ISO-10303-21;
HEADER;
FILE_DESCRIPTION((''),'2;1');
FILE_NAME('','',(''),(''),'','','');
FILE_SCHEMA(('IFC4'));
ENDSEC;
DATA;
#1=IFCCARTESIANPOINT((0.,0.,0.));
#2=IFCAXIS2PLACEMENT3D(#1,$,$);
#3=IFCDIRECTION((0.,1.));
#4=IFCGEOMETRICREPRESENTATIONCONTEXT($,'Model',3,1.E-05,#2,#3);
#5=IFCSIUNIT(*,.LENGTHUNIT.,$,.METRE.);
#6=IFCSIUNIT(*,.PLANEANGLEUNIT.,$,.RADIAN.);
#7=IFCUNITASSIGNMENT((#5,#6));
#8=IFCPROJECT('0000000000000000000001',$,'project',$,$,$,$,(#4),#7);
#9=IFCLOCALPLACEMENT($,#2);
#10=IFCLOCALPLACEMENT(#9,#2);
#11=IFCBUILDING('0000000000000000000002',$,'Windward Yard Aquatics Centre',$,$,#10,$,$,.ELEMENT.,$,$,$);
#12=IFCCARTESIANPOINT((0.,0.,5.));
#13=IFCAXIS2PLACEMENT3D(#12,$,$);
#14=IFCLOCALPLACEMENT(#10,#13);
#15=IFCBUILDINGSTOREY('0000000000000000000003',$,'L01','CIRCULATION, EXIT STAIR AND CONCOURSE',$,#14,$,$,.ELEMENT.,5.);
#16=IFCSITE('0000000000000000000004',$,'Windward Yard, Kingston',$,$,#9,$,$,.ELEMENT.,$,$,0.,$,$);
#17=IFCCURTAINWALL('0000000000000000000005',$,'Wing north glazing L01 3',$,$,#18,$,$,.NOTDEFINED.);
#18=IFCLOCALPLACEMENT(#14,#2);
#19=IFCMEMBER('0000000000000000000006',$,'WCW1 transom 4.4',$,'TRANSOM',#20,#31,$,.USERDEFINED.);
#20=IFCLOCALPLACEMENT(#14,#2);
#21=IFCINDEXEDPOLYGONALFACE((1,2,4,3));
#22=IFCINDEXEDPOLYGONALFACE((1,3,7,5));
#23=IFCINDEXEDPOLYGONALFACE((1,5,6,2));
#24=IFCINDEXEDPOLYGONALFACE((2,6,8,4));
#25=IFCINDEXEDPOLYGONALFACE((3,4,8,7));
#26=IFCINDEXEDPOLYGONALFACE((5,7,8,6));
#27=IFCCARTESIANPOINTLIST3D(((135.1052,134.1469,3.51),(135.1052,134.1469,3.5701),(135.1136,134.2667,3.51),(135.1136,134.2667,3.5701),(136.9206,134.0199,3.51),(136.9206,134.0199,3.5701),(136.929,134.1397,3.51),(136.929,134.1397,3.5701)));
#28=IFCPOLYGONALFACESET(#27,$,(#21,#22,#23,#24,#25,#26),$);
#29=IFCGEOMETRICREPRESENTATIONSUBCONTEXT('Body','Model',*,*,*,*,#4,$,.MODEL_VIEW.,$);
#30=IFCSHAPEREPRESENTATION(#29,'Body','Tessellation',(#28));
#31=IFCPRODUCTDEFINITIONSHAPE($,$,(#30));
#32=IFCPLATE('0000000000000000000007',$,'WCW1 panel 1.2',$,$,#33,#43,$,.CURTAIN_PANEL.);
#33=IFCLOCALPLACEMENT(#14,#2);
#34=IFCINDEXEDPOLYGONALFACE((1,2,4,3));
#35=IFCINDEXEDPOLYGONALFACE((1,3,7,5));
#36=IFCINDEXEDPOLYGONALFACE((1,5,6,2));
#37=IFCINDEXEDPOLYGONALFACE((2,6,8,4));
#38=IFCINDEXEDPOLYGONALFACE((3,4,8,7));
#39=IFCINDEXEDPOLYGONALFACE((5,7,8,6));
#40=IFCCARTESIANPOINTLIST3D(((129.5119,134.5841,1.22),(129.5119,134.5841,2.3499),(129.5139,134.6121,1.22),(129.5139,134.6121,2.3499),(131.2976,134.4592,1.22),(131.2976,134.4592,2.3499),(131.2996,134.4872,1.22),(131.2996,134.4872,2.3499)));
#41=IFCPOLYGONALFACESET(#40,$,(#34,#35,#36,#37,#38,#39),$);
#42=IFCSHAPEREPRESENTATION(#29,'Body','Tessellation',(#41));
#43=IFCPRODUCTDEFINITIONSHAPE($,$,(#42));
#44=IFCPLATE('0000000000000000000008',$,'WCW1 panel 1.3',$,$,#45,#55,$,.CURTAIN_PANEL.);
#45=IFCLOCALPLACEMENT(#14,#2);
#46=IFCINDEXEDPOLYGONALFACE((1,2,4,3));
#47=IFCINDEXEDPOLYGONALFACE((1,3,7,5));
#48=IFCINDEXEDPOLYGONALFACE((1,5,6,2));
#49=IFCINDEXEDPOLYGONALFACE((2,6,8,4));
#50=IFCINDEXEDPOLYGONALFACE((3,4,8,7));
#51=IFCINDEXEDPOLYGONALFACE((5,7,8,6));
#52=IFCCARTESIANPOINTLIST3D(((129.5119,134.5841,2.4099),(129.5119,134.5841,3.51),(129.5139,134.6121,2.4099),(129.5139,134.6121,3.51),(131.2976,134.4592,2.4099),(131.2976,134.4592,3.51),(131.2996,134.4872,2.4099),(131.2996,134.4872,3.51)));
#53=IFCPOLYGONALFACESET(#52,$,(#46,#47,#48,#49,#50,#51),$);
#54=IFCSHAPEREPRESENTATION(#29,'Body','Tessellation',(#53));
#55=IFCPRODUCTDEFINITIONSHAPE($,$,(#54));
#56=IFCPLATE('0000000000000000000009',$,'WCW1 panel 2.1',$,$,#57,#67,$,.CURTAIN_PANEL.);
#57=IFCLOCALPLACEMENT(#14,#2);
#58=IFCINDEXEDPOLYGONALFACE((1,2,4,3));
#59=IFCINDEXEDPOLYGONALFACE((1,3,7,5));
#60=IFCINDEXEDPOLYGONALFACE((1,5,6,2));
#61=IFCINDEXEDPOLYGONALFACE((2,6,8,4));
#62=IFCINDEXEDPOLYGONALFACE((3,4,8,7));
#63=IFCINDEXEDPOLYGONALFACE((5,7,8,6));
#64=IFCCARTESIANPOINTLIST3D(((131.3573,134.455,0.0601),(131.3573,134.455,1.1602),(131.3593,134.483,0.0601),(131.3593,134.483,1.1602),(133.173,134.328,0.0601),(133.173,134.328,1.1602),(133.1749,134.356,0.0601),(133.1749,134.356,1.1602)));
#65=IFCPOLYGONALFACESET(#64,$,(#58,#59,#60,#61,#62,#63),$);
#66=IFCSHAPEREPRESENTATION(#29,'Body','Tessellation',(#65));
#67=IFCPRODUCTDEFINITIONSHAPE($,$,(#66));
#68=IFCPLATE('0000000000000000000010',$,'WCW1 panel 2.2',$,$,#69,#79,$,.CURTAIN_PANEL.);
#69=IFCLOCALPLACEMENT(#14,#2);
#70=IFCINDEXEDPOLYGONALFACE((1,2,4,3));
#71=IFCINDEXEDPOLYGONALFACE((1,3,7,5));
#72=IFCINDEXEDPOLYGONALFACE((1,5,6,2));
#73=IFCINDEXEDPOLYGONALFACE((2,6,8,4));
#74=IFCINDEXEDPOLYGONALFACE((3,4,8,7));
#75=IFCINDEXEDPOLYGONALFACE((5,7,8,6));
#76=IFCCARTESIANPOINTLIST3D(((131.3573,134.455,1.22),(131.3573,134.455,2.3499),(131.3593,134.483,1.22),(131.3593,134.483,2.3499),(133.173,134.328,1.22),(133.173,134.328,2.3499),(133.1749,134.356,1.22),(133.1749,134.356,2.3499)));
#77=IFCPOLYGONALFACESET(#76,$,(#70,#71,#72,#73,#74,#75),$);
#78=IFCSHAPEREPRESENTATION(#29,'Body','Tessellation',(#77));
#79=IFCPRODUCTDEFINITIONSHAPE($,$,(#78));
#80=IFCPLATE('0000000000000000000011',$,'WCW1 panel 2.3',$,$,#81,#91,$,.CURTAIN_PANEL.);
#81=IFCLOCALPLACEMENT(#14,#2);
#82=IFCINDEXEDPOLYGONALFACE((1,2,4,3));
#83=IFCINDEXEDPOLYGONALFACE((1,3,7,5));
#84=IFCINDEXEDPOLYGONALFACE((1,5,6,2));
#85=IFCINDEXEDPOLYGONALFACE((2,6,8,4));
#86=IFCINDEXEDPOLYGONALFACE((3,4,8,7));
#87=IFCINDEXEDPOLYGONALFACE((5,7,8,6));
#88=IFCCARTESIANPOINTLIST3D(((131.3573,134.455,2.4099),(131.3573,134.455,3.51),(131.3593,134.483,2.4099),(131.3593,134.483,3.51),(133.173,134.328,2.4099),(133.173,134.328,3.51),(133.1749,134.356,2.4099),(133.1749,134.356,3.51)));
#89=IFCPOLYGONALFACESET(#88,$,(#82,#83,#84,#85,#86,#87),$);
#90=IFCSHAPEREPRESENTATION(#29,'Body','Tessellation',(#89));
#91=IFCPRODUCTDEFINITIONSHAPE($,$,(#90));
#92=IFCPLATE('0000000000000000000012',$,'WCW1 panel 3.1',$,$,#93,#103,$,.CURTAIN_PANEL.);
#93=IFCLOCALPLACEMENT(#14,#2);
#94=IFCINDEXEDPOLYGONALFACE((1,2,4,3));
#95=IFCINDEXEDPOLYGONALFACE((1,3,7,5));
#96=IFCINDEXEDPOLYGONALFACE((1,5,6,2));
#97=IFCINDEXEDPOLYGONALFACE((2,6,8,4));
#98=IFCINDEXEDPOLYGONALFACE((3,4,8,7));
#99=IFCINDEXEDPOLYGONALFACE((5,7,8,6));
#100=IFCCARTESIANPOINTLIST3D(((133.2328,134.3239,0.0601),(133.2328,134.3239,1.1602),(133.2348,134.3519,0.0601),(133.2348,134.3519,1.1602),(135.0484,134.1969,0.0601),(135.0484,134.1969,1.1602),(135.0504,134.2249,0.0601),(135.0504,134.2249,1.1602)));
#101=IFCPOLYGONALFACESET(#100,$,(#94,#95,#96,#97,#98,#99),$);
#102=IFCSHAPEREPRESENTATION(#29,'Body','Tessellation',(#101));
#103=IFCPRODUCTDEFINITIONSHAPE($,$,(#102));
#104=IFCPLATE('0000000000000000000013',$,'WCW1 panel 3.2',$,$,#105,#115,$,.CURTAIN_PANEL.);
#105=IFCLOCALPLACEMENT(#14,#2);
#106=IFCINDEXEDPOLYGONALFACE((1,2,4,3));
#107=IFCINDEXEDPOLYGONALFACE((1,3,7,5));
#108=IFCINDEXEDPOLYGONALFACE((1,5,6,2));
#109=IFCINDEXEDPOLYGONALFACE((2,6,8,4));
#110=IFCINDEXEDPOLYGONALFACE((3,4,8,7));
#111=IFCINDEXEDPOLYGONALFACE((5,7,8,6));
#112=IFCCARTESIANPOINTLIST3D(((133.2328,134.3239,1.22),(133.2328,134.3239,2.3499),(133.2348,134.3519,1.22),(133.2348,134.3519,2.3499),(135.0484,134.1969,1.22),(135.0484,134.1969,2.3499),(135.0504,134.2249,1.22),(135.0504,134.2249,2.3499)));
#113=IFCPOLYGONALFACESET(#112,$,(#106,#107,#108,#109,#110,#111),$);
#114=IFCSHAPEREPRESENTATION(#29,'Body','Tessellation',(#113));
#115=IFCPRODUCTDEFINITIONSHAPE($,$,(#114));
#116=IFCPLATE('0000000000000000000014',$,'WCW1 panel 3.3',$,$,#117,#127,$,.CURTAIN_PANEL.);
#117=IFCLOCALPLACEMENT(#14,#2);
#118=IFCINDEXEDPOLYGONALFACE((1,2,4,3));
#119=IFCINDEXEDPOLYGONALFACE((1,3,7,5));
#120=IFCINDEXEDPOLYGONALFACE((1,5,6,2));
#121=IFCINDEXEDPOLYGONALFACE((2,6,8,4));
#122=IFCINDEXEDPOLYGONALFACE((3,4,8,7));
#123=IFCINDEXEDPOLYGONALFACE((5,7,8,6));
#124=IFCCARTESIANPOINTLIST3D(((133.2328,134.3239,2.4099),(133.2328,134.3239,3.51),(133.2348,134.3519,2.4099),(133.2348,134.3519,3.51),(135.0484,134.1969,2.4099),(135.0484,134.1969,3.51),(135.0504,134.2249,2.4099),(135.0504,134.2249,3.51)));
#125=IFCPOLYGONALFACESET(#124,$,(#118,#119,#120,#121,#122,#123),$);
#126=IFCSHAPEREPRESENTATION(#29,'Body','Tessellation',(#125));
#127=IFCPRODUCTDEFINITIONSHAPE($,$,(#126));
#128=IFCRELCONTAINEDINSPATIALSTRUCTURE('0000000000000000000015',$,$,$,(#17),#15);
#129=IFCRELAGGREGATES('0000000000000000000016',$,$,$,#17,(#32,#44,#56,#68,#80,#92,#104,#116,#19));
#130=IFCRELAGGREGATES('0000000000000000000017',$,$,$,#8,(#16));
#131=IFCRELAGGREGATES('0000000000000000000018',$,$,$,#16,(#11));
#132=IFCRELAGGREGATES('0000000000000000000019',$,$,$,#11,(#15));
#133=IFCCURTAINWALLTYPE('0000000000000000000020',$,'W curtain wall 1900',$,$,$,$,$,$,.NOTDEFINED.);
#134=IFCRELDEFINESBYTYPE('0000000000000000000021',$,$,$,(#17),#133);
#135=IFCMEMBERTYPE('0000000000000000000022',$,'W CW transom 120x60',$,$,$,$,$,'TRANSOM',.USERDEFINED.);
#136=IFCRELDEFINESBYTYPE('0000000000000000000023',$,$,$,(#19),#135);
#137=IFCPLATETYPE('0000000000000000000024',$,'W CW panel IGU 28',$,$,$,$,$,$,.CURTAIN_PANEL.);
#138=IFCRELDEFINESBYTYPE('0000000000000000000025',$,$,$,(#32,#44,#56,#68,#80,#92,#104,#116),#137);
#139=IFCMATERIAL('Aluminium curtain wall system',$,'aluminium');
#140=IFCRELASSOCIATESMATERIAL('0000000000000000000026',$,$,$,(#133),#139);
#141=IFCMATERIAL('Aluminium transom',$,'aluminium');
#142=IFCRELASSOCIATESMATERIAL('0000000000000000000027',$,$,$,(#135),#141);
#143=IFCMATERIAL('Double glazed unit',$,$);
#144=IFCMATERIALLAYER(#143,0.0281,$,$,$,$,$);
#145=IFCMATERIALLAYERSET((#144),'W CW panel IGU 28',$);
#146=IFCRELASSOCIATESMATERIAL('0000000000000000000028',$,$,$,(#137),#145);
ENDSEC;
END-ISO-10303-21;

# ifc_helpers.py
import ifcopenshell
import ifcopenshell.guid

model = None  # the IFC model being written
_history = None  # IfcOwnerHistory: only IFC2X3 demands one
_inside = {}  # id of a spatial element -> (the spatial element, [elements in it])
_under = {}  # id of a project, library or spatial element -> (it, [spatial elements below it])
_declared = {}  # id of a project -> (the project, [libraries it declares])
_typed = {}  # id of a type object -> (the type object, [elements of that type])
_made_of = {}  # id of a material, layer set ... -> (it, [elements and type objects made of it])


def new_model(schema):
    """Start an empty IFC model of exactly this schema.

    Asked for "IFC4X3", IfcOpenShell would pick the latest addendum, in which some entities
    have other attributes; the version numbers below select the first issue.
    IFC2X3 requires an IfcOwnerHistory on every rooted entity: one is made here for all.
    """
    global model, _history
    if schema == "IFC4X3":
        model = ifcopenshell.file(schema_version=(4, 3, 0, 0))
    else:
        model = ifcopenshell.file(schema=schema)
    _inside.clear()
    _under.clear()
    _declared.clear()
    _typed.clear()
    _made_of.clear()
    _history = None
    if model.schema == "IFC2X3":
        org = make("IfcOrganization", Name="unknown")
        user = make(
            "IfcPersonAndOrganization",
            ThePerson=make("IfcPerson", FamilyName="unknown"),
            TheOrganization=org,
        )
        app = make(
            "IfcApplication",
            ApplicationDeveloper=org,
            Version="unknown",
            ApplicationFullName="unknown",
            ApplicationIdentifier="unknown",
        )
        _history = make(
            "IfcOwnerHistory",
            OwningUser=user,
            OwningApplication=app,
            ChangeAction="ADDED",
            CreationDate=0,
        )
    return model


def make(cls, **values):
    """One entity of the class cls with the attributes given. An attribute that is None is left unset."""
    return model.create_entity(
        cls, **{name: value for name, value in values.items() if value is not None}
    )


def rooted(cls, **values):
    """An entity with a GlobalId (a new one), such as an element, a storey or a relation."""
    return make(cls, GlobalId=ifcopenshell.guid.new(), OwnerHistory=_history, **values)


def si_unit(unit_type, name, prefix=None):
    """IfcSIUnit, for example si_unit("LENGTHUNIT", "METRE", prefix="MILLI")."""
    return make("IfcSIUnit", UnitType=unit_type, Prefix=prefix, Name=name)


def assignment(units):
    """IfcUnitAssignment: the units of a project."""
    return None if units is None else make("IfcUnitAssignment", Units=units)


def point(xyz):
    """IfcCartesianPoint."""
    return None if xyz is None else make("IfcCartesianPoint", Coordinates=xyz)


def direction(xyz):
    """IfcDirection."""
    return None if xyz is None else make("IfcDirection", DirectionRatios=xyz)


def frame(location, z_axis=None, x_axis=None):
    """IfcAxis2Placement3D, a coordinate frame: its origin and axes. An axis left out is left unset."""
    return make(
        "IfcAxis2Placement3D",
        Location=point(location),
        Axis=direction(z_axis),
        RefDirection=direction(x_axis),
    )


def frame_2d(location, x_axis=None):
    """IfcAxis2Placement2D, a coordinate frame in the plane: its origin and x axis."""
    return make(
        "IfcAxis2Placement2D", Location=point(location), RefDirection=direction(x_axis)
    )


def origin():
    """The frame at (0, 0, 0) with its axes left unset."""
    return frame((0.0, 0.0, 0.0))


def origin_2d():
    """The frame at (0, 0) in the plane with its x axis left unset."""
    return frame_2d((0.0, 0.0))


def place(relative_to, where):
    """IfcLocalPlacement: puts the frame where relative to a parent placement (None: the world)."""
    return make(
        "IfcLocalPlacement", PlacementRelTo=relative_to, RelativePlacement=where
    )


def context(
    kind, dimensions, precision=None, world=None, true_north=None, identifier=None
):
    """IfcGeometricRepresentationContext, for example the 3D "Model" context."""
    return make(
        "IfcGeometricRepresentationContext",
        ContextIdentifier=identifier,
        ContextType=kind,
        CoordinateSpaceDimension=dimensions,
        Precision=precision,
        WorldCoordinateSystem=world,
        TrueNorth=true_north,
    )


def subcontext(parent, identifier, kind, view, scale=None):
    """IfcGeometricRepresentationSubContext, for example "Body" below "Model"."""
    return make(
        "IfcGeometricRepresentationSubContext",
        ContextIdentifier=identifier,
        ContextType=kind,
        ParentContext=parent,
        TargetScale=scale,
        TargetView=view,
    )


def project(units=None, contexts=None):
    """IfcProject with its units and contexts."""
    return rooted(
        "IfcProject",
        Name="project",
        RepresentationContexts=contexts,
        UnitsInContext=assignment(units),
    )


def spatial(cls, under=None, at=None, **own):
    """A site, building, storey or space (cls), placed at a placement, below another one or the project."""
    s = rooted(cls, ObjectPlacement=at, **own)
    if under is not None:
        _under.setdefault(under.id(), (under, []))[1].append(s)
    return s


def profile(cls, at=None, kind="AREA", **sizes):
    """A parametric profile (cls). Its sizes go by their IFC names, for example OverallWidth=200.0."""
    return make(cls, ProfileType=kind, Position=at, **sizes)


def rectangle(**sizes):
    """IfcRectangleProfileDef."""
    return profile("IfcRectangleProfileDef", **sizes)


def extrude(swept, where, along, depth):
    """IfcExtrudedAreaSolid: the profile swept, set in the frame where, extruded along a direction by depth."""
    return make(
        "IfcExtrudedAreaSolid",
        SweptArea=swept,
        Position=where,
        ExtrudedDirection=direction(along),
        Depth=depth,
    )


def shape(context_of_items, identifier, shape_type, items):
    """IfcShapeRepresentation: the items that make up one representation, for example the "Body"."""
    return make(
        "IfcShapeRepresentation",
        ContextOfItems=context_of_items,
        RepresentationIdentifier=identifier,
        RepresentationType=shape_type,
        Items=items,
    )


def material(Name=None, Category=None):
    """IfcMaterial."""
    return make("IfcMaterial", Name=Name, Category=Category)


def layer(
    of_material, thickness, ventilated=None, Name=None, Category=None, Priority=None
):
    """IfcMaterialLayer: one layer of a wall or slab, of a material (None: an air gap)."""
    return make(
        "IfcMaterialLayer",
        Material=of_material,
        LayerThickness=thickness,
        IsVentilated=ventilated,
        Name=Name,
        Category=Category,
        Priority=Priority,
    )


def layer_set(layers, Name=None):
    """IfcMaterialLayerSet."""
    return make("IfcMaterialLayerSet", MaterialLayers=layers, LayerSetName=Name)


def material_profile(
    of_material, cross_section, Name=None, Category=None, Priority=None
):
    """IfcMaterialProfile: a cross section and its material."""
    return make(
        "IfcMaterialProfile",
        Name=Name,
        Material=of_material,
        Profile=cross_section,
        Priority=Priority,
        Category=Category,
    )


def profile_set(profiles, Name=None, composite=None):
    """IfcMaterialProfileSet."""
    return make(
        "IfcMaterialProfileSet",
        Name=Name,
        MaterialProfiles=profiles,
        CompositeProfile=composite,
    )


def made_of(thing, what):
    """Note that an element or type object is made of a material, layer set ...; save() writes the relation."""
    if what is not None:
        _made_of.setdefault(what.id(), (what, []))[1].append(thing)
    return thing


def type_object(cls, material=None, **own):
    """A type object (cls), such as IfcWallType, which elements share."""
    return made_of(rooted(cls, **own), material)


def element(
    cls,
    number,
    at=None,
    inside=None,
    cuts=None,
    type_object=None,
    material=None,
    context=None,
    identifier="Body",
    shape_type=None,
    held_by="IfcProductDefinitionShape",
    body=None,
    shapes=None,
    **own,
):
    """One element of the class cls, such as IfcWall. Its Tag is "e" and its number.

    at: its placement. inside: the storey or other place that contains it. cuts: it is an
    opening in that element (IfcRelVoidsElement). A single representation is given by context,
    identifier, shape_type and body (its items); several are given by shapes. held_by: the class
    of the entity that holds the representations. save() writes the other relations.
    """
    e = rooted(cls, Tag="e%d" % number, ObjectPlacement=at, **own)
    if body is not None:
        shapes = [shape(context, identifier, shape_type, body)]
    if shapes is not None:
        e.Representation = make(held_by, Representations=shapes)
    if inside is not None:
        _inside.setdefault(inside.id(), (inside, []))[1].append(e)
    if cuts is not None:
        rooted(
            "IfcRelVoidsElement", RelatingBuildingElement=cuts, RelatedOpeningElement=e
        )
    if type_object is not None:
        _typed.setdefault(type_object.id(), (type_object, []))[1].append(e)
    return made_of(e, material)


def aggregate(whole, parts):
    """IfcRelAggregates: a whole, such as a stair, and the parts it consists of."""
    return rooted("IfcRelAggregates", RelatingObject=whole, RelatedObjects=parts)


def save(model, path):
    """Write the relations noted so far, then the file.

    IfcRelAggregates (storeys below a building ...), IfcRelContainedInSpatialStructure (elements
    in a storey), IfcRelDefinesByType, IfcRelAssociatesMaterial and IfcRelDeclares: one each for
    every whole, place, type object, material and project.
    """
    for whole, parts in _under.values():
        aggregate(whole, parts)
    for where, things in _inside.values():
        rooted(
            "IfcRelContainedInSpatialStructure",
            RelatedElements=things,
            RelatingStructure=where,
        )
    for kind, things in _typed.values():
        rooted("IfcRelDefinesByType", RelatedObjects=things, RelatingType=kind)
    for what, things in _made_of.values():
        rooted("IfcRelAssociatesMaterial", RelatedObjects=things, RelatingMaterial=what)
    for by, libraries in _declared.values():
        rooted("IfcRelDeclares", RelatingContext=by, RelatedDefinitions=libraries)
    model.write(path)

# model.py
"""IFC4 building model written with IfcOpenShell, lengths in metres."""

from ifc_helpers import new_model, si_unit, direction, frame, origin, origin_2d, place, context, subcontext, project, spatial, rectangle, extrude, material, layer, layer_set, material_profile, profile_set, type_object, element, aggregate, save


model = new_model("IFC4")

# Units and contexts
model_context = context("Model", 3, precision=1e-05, world=origin(), true_north=direction((0.0, 1.0)))
body_context = subcontext(model_context, "Body", "Model", "MODEL_VIEW")
ifc_project = project(units=[si_unit("LENGTHUNIT", "METRE"), si_unit("PLANEANGLEUNIT", "RADIAN")], contexts=[model_context])

# Site, building, storey
site_placement = place(None, origin())
site = spatial("IfcSite", under=ifc_project, at=site_placement, Name="Windward Yard, Kingston", CompositionType="ELEMENT", RefElevation=0.0)
building_placement = place(site_placement, origin())
building = spatial("IfcBuilding", under=site, at=building_placement, Name="Windward Yard Aquatics Centre", CompositionType="ELEMENT")
storey_placement = place(building_placement, frame((0.0, 0.0, 5.0)))
storey = spatial("IfcBuildingStorey", under=building, at=storey_placement, Name="L01", Description="CIRCULATION, EXIT STAIR AND CONCOURSE", CompositionType="ELEMENT", Elevation=5.0)

# Curtain wall, member, plates
ifc_material_1 = material(Name="Aluminium curtain wall system", Category="aluminium")
curtain_wall_type = type_object("IfcCurtainWallType", Name="W curtain wall 1900", PredefinedType="NOTDEFINED", material=ifc_material_1)
curtain_wall_placement = place(storey_placement, origin())
curtain_wall = element("IfcCurtainWall", 1, at=curtain_wall_placement, inside=storey, type_object=curtain_wall_type, Name="Wing north glazing L01 3", PredefinedType="NOTDEFINED")
ifc_material_2 = material(Name="Aluminium transom", Category="aluminium")
ifc_material_profile_1 = material_profile(ifc_material_2, rectangle(XDim=0.1201, YDim=0.0601, at=origin_2d()), Name="AL 120x60")
ifc_profile_set_1 = profile_set([ifc_material_profile_1], Name="Aluminium transom")
member_type_1 = type_object("IfcMemberType", Name="W CW transom 120x60", ElementType="TRANSOM", PredefinedType="USERDEFINED", material=ifc_profile_set_1)
member_1_placement = place(storey_placement, frame((135.1094, 134.2068, 3.54), z_axis=(0.997564, -0.06976, 0.0), x_axis=(0.06976, 0.997564, 0.0)))
member_1 = element("IfcMember", 2, at=member_1_placement, type_object=member_type_1, Name="WCW1 transom 4.4", ObjectType="TRANSOM", PredefinedType="USERDEFINED", context=body_context, shape_type="SweptSolid", body=[
    extrude(rectangle(XDim=0.1201, YDim=0.0601, at=origin_2d()), origin(), (0.0, 0.0, 1.0), 1.8198),
])
ifc_material_3 = material(Name="Double glazed unit")
ifc_layer = layer(ifc_material_3, 0.0281)
ifc_layer_set = layer_set([ifc_layer], Name="W CW panel IGU 28")
plate_type = type_object("IfcPlateType", Name="W CW panel IGU 28", PredefinedType="CURTAIN_PANEL", material=ifc_layer_set)
plate_1_placement = place(storey_placement, frame((130.4058, 134.5356, 1.22), z_axis=(0.0, 0.0, 1.0), x_axis=(0.997564, -0.069755, 0.0)))
plate_1 = element("IfcPlate", 3, at=plate_1_placement, type_object=plate_type, Name="WCW1 panel 1.2", PredefinedType="CURTAIN_PANEL", context=body_context, shape_type="SweptSolid", body=[
    extrude(rectangle(XDim=1.79, YDim=0.0281, at=origin_2d()), origin(), (0.0, 0.0, 1.0), 1.1299),
])
plate_2_placement = place(storey_placement, frame((130.4058, 134.5356, 2.4099), z_axis=(0.0, 0.0, 1.0), x_axis=(0.997564, -0.069755, 0.0)))
plate_2 = element("IfcPlate", 4, at=plate_2_placement, type_object=plate_type, Name="WCW1 panel 1.3", PredefinedType="CURTAIN_PANEL", context=body_context, shape_type="SweptSolid", body=[
    extrude(rectangle(XDim=1.79, YDim=0.0281, at=origin_2d()), origin(), (0.0, 0.0, 1.0), 1.1001),
])
plate_3_placement = place(storey_placement, frame((132.2661, 134.4055, 0.0601), z_axis=(0.0, 0.0, 1.0), x_axis=(0.997564, -0.069755, 0.0)))
plate_3 = element("IfcPlate", 5, at=plate_3_placement, type_object=plate_type, Name="WCW1 panel 2.1", PredefinedType="CURTAIN_PANEL", context=body_context, shape_type="SweptSolid", body=[
    extrude(rectangle(XDim=1.8201, YDim=0.0281, at=origin_2d()), origin(), (0.0, 0.0, 1.0), 1.1001),
])
plate_4_placement = place(storey_placement, frame((132.2661, 134.4055, 1.22), z_axis=(0.0, 0.0, 1.0), x_axis=(0.997564, -0.069755, 0.0)))
plate_4 = element("IfcPlate", 6, at=plate_4_placement, type_object=plate_type, Name="WCW1 panel 2.2", PredefinedType="CURTAIN_PANEL", context=body_context, shape_type="SweptSolid", body=[
    extrude(rectangle(XDim=1.8201, YDim=0.0281, at=origin_2d()), origin(), (0.0, 0.0, 1.0), 1.1299),
])
plate_5_placement = place(storey_placement, frame((132.2661, 134.4055, 2.4099), z_axis=(0.0, 0.0, 1.0), x_axis=(0.997564, -0.069755, 0.0)))
plate_5 = element("IfcPlate", 7, at=plate_5_placement, type_object=plate_type, Name="WCW1 panel 2.3", PredefinedType="CURTAIN_PANEL", context=body_context, shape_type="SweptSolid", body=[
    extrude(rectangle(XDim=1.8201, YDim=0.0281, at=origin_2d()), origin(), (0.0, 0.0, 1.0), 1.1001),
])
plate_6_placement = place(storey_placement, frame((134.1416, 134.2744, 0.0601), z_axis=(0.0, 0.0, 1.0), x_axis=(0.997564, -0.069755, 0.0)))
plate_6 = element("IfcPlate", 8, at=plate_6_placement, type_object=plate_type, Name="WCW1 panel 3.1", PredefinedType="CURTAIN_PANEL", context=body_context, shape_type="SweptSolid", body=[
    extrude(rectangle(XDim=1.8201, YDim=0.0281, at=origin_2d()), origin(), (0.0, 0.0, 1.0), 1.1001),
])
plate_7_placement = place(storey_placement, frame((134.1416, 134.2744, 1.22), z_axis=(0.0, 0.0, 1.0), x_axis=(0.997564, -0.069755, 0.0)))
plate_7 = element("IfcPlate", 9, at=plate_7_placement, type_object=plate_type, Name="WCW1 panel 3.2", PredefinedType="CURTAIN_PANEL", context=body_context, shape_type="SweptSolid", body=[
    extrude(rectangle(XDim=1.8201, YDim=0.0281, at=origin_2d()), origin(), (0.0, 0.0, 1.0), 1.1299),
])
plate_8_placement = place(storey_placement, frame((134.1416, 134.2744, 2.4099), z_axis=(0.0, 0.0, 1.0), x_axis=(0.997564, -0.069755, 0.0)))
plate_8 = element("IfcPlate", 10, at=plate_8_placement, type_object=plate_type, Name="WCW1 panel 3.3", PredefinedType="CURTAIN_PANEL", context=body_context, shape_type="SweptSolid", body=[
    extrude(rectangle(XDim=1.8201, YDim=0.0281, at=origin_2d()), origin(), (0.0, 0.0, 1.0), 1.1001),
])
aggregate(curtain_wall, [plate_1, plate_2, plate_3, plate_4, plate_5, plate_6, plate_7, plate_8, member_1])

save(model, "model.ifc")
